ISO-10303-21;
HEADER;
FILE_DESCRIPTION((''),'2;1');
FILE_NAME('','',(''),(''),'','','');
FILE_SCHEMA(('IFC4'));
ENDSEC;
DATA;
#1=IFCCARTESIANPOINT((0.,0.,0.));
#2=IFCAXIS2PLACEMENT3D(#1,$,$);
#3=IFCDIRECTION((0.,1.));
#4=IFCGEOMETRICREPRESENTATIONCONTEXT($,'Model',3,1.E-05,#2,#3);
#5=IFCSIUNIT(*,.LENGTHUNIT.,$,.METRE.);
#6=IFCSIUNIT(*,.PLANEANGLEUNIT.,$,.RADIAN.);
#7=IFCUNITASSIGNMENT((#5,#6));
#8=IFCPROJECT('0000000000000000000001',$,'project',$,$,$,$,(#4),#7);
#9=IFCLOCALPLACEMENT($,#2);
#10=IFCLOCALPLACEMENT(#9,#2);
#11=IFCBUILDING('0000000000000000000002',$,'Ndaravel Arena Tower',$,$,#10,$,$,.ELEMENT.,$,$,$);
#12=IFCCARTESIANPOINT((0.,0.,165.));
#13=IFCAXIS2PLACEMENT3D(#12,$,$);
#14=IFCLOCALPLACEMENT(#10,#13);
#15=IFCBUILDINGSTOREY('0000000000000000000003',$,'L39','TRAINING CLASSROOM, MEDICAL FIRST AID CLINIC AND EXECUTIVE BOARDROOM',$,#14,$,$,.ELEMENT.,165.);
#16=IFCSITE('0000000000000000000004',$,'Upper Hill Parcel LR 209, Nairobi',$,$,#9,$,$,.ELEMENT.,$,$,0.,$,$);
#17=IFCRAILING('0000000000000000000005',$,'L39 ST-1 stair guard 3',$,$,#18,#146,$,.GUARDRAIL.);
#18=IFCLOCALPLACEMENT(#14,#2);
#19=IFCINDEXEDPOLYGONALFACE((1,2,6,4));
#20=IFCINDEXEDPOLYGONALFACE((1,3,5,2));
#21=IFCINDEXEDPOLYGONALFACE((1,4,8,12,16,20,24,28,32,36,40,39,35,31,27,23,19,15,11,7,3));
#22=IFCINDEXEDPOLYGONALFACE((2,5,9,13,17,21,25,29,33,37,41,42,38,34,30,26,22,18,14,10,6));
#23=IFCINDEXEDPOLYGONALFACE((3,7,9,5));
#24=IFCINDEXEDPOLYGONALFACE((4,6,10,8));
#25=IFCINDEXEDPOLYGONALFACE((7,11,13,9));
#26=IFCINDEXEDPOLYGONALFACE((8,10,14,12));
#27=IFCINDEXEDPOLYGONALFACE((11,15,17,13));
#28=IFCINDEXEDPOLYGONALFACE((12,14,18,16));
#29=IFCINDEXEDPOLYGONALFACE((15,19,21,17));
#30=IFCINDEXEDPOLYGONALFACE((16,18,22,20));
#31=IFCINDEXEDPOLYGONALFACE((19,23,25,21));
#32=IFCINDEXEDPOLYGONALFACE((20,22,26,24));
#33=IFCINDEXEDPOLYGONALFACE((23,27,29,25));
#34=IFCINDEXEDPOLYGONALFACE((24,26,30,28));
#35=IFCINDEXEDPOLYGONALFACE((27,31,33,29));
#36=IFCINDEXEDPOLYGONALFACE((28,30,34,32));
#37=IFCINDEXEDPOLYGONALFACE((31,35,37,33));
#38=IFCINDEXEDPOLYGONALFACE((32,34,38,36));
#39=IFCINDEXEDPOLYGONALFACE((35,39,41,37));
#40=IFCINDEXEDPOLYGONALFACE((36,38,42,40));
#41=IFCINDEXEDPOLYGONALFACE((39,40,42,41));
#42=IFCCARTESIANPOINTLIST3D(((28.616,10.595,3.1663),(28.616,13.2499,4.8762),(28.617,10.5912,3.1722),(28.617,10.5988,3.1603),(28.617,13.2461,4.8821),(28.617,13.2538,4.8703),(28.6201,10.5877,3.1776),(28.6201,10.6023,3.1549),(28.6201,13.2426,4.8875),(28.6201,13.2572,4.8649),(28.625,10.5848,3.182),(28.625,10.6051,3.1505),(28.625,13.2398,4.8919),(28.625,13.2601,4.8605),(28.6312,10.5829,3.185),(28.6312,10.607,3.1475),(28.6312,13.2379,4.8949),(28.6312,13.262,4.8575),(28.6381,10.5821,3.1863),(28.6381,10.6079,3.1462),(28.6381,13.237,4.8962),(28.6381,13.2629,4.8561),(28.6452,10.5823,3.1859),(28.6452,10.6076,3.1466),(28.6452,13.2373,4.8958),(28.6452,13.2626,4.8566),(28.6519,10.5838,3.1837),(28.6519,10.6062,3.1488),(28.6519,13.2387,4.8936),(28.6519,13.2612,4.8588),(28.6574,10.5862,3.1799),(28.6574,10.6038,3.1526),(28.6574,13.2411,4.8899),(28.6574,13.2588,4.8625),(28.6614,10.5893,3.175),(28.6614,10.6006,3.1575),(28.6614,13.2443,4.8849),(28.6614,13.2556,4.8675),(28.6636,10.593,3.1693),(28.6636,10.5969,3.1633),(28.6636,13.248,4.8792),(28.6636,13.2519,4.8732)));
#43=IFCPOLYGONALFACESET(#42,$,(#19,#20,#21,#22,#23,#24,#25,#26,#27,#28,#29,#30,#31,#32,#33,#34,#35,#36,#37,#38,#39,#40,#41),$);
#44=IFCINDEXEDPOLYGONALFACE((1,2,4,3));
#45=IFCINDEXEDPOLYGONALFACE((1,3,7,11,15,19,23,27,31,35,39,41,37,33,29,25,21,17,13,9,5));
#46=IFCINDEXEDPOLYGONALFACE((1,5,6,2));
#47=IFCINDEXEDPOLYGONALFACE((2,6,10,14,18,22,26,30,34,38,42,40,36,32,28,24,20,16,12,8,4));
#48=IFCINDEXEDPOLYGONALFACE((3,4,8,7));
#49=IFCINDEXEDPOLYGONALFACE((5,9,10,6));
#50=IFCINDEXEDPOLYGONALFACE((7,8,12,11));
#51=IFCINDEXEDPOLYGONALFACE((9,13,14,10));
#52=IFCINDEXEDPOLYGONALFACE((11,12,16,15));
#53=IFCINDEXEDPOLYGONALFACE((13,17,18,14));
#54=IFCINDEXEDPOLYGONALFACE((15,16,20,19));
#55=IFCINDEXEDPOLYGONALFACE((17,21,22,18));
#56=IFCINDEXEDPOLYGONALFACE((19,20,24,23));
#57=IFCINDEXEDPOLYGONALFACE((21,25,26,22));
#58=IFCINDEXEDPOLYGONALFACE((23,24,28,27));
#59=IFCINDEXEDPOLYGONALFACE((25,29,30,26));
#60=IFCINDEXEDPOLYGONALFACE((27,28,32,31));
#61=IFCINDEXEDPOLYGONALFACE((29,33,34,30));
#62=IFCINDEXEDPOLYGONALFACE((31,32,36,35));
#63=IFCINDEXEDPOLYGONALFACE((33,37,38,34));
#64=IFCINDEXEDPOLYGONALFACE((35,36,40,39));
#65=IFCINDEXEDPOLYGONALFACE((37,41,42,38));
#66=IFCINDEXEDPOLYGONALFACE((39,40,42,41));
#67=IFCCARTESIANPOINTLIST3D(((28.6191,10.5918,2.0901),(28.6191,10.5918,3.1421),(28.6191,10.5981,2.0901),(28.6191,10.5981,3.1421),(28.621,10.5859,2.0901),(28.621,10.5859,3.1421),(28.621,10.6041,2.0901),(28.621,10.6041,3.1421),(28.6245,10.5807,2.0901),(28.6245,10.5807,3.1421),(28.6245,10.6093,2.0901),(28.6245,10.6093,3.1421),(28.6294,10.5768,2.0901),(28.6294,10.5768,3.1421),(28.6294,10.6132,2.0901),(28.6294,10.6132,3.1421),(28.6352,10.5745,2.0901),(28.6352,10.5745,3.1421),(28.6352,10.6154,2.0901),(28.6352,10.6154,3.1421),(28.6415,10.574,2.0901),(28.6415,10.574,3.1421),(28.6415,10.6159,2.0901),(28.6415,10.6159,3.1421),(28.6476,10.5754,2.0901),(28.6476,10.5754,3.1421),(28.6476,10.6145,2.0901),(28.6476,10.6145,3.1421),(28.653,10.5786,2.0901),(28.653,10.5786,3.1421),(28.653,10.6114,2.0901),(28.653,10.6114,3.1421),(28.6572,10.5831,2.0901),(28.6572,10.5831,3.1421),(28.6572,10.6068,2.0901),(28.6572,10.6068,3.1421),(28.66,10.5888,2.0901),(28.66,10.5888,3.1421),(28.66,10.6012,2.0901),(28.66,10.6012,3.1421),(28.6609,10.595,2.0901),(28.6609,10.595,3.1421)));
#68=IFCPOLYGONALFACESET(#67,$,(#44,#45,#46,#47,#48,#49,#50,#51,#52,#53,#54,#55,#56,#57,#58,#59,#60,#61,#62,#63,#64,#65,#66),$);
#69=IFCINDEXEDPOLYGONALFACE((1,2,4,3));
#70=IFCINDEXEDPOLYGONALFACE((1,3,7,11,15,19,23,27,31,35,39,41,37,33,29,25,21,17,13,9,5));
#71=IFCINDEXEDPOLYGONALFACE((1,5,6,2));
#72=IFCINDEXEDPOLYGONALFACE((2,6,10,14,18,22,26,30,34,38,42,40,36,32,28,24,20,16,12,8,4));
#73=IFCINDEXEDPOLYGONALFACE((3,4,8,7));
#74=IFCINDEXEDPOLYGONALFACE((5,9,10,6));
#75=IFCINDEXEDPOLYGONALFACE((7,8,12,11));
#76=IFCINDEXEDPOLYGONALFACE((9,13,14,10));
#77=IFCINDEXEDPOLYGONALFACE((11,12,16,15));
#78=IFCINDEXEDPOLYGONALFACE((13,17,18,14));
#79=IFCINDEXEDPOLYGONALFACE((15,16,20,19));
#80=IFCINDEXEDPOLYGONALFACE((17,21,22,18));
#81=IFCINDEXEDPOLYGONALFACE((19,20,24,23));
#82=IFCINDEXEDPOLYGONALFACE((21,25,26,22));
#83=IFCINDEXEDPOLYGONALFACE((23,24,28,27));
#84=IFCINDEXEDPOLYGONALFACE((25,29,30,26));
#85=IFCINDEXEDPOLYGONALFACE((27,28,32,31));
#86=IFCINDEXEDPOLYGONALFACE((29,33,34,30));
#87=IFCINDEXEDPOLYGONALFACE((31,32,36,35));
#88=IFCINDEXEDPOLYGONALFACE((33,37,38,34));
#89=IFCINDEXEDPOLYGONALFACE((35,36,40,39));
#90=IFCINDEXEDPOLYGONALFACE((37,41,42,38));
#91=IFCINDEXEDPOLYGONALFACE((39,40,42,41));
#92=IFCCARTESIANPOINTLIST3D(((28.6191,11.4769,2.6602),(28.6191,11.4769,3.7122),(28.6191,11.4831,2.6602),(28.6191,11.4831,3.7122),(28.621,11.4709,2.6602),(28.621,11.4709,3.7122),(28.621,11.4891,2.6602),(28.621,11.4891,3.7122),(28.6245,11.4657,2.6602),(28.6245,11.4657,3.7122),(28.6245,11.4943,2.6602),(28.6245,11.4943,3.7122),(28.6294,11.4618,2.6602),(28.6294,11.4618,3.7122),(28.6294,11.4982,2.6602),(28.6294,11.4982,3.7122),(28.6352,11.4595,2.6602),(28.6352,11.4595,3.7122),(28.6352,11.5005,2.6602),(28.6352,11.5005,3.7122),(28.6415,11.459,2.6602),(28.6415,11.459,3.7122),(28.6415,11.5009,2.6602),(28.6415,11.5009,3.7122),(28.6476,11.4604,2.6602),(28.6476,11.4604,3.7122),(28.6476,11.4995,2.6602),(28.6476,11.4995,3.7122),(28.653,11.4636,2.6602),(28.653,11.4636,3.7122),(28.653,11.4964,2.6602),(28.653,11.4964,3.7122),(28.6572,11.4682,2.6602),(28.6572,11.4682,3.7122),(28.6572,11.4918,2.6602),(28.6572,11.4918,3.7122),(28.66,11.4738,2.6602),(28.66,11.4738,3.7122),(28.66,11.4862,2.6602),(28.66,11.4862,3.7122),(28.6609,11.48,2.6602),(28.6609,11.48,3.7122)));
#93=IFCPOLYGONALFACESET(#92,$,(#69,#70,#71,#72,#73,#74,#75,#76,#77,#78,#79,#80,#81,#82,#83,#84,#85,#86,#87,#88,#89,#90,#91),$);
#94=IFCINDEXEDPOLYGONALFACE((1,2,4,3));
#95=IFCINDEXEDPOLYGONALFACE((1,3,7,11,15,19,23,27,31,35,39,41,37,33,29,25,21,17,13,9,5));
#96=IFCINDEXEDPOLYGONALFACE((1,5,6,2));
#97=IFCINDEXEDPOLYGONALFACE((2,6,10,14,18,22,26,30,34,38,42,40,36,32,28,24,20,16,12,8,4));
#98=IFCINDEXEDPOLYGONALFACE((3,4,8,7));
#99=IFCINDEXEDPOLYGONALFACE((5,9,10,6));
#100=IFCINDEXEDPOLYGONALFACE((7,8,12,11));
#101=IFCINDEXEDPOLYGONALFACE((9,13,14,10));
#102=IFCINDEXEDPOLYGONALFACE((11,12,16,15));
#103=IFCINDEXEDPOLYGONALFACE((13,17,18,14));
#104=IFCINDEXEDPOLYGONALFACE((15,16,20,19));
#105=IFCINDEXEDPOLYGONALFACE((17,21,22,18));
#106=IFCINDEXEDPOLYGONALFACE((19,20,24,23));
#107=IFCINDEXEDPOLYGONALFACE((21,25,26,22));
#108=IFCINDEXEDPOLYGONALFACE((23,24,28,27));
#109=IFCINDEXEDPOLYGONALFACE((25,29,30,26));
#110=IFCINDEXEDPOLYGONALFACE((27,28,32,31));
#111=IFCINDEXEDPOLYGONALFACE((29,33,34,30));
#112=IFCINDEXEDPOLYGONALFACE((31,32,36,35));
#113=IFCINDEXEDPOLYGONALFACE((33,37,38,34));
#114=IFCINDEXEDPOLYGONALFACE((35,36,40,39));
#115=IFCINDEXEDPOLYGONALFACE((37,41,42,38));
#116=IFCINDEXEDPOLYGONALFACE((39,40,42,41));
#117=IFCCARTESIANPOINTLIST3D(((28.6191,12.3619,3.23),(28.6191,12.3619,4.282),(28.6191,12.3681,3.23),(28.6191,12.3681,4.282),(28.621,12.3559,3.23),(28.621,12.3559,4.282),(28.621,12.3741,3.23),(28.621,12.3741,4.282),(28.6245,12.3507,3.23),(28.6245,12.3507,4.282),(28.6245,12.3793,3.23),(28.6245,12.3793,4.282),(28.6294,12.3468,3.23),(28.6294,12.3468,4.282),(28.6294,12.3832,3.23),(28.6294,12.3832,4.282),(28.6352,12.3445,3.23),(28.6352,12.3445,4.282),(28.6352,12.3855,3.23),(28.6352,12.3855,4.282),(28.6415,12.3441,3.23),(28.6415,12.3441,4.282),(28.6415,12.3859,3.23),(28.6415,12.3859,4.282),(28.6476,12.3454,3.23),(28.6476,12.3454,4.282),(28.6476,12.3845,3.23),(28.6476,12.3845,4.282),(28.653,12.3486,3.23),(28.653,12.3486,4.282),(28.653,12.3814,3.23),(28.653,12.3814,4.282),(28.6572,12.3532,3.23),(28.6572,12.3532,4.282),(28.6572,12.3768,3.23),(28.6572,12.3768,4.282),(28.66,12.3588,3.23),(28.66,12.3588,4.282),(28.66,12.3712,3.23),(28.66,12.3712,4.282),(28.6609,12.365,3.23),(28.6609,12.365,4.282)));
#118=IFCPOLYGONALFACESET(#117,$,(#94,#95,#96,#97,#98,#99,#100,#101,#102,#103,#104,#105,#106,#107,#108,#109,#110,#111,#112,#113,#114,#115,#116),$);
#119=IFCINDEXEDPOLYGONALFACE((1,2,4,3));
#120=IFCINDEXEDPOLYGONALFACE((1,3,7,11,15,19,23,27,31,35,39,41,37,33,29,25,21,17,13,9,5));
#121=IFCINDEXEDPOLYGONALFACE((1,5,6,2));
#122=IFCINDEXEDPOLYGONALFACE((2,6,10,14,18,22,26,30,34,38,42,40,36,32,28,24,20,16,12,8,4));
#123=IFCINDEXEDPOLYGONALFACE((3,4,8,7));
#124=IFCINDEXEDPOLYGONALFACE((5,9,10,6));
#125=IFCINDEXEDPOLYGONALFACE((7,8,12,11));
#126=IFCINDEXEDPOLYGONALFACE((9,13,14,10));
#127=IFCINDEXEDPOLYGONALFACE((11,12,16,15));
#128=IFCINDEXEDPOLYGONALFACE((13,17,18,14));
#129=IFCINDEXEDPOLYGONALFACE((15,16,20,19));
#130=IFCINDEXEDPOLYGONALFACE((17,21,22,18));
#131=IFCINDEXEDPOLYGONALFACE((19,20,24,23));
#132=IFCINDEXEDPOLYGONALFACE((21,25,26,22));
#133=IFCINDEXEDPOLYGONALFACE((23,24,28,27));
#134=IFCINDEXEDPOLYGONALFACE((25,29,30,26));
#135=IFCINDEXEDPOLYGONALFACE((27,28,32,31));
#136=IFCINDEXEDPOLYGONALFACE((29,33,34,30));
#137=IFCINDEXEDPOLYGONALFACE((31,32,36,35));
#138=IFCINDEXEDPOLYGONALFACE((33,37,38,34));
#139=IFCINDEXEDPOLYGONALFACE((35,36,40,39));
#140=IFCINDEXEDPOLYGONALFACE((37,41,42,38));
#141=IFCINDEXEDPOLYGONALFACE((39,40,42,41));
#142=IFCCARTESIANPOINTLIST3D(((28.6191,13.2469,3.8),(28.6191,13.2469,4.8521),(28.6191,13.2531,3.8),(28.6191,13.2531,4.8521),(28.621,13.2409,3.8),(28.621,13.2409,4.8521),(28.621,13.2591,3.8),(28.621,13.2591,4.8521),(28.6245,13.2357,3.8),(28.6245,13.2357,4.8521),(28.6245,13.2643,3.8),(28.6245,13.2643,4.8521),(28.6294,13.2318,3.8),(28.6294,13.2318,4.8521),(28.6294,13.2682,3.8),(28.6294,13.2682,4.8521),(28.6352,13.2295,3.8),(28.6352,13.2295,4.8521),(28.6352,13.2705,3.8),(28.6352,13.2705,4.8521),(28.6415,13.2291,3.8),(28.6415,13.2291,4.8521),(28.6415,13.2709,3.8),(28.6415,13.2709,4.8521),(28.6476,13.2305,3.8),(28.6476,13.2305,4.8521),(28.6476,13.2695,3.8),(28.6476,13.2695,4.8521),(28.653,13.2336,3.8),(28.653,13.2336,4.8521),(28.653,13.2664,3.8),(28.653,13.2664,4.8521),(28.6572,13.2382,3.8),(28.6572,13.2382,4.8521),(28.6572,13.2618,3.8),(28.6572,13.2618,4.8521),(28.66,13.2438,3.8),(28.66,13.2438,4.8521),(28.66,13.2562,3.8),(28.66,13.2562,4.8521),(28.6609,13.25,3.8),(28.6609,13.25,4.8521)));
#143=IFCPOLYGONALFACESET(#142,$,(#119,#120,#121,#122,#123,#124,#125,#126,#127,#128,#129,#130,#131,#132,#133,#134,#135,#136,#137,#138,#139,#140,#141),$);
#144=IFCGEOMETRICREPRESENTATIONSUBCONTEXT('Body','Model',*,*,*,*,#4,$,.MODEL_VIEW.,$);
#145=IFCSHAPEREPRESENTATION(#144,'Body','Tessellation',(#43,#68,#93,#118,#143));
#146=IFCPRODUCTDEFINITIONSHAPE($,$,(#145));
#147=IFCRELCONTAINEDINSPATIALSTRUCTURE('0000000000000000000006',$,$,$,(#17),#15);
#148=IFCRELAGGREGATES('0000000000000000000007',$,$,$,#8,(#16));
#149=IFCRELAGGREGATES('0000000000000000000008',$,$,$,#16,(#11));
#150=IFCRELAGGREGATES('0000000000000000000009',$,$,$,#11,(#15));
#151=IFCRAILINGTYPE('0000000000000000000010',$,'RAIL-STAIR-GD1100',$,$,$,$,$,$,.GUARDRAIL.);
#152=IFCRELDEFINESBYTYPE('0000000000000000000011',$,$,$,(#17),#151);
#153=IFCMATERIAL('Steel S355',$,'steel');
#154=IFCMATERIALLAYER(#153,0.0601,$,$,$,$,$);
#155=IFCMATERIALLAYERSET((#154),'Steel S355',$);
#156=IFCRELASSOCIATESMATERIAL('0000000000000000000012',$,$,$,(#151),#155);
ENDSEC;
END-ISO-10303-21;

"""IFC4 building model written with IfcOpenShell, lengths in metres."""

from ifc_helpers import new_model, si_unit, direction, frame, origin, origin_2d, place, context, subcontext, project, spatial, circle, extrude, material, layer, layer_set, type_object, element, save


model = new_model("IFC4")

# Units and contexts
model_context = context("Model", 3, precision=1e-05, world=origin(), true_north=direction((0.0, 1.0)))
body_context = subcontext(model_context, "Body", "Model", "MODEL_VIEW")
ifc_project = project(units=[si_unit("LENGTHUNIT", "METRE"), si_unit("PLANEANGLEUNIT", "RADIAN")], contexts=[model_context])

# Site, building, storey
site_placement = place(None, origin())
site = spatial("IfcSite", under=ifc_project, at=site_placement, Name="Upper Hill Parcel LR 209, Nairobi", CompositionType="ELEMENT", RefElevation=0.0)
building_placement = place(site_placement, origin())
building = spatial("IfcBuilding", under=site, at=building_placement, Name="Ndaravel Arena Tower", CompositionType="ELEMENT")
storey_placement = place(building_placement, frame((0.0, 0.0, 165.0)))
storey = spatial("IfcBuildingStorey", under=building, at=storey_placement, Name="L39", Description="TRAINING CLASSROOM, MEDICAL FIRST AID CLINIC AND EXECUTIVE BOARDROOM", CompositionType="ELEMENT", Elevation=165.0)

# Railing
ifc_material_1 = material(Name="Steel S355", Category="steel")
ifc_layer_1 = layer(ifc_material_1, 0.0601)
ifc_layer_set_1 = layer_set([ifc_layer_1], Name="Steel S355")
railing_type_1 = type_object("IfcRailingType", Name="RAIL-STAIR-GD1100", PredefinedType="GUARDRAIL", material=ifc_layer_set_1)
railing_1_placement = place(storey_placement, frame((28.6399, 10.595, 2.0901)))
element("IfcRailing", 1, at=railing_1_placement, inside=storey, type_object=railing_type_1, Name="L39 ST-1 stair guard 3", PredefinedType="GUARDRAIL", context=body_context, shape_type="SweptSolid", body=[
    extrude(circle(Radius=0.0239, at=origin_2d()), frame((0.0, 0.0, 1.0762), z_axis=(0.0, 0.840724, 0.541465), x_axis=(-1.0, 0.0, 0.0)), (0.0, 0.0, 1.0), 3.158),
    extrude(circle(Radius=0.021, at=origin_2d()), origin(), (0.0, 0.0, 1.0), 1.052),
    extrude(circle(Radius=0.021, at=origin_2d()), frame((0.0, 0.885, 0.5701)), (0.0, 0.0, 1.0), 1.052),
    extrude(circle(Radius=0.021, at=origin_2d()), frame((0.0, 1.77, 1.1399)), (0.0, 0.0, 1.0), 1.052),
    extrude(circle(Radius=0.021, at=origin_2d()), frame((0.0, 2.655, 1.71)), (0.0, 0.0, 1.0), 1.052),
])

save(model, "model.ifc")
